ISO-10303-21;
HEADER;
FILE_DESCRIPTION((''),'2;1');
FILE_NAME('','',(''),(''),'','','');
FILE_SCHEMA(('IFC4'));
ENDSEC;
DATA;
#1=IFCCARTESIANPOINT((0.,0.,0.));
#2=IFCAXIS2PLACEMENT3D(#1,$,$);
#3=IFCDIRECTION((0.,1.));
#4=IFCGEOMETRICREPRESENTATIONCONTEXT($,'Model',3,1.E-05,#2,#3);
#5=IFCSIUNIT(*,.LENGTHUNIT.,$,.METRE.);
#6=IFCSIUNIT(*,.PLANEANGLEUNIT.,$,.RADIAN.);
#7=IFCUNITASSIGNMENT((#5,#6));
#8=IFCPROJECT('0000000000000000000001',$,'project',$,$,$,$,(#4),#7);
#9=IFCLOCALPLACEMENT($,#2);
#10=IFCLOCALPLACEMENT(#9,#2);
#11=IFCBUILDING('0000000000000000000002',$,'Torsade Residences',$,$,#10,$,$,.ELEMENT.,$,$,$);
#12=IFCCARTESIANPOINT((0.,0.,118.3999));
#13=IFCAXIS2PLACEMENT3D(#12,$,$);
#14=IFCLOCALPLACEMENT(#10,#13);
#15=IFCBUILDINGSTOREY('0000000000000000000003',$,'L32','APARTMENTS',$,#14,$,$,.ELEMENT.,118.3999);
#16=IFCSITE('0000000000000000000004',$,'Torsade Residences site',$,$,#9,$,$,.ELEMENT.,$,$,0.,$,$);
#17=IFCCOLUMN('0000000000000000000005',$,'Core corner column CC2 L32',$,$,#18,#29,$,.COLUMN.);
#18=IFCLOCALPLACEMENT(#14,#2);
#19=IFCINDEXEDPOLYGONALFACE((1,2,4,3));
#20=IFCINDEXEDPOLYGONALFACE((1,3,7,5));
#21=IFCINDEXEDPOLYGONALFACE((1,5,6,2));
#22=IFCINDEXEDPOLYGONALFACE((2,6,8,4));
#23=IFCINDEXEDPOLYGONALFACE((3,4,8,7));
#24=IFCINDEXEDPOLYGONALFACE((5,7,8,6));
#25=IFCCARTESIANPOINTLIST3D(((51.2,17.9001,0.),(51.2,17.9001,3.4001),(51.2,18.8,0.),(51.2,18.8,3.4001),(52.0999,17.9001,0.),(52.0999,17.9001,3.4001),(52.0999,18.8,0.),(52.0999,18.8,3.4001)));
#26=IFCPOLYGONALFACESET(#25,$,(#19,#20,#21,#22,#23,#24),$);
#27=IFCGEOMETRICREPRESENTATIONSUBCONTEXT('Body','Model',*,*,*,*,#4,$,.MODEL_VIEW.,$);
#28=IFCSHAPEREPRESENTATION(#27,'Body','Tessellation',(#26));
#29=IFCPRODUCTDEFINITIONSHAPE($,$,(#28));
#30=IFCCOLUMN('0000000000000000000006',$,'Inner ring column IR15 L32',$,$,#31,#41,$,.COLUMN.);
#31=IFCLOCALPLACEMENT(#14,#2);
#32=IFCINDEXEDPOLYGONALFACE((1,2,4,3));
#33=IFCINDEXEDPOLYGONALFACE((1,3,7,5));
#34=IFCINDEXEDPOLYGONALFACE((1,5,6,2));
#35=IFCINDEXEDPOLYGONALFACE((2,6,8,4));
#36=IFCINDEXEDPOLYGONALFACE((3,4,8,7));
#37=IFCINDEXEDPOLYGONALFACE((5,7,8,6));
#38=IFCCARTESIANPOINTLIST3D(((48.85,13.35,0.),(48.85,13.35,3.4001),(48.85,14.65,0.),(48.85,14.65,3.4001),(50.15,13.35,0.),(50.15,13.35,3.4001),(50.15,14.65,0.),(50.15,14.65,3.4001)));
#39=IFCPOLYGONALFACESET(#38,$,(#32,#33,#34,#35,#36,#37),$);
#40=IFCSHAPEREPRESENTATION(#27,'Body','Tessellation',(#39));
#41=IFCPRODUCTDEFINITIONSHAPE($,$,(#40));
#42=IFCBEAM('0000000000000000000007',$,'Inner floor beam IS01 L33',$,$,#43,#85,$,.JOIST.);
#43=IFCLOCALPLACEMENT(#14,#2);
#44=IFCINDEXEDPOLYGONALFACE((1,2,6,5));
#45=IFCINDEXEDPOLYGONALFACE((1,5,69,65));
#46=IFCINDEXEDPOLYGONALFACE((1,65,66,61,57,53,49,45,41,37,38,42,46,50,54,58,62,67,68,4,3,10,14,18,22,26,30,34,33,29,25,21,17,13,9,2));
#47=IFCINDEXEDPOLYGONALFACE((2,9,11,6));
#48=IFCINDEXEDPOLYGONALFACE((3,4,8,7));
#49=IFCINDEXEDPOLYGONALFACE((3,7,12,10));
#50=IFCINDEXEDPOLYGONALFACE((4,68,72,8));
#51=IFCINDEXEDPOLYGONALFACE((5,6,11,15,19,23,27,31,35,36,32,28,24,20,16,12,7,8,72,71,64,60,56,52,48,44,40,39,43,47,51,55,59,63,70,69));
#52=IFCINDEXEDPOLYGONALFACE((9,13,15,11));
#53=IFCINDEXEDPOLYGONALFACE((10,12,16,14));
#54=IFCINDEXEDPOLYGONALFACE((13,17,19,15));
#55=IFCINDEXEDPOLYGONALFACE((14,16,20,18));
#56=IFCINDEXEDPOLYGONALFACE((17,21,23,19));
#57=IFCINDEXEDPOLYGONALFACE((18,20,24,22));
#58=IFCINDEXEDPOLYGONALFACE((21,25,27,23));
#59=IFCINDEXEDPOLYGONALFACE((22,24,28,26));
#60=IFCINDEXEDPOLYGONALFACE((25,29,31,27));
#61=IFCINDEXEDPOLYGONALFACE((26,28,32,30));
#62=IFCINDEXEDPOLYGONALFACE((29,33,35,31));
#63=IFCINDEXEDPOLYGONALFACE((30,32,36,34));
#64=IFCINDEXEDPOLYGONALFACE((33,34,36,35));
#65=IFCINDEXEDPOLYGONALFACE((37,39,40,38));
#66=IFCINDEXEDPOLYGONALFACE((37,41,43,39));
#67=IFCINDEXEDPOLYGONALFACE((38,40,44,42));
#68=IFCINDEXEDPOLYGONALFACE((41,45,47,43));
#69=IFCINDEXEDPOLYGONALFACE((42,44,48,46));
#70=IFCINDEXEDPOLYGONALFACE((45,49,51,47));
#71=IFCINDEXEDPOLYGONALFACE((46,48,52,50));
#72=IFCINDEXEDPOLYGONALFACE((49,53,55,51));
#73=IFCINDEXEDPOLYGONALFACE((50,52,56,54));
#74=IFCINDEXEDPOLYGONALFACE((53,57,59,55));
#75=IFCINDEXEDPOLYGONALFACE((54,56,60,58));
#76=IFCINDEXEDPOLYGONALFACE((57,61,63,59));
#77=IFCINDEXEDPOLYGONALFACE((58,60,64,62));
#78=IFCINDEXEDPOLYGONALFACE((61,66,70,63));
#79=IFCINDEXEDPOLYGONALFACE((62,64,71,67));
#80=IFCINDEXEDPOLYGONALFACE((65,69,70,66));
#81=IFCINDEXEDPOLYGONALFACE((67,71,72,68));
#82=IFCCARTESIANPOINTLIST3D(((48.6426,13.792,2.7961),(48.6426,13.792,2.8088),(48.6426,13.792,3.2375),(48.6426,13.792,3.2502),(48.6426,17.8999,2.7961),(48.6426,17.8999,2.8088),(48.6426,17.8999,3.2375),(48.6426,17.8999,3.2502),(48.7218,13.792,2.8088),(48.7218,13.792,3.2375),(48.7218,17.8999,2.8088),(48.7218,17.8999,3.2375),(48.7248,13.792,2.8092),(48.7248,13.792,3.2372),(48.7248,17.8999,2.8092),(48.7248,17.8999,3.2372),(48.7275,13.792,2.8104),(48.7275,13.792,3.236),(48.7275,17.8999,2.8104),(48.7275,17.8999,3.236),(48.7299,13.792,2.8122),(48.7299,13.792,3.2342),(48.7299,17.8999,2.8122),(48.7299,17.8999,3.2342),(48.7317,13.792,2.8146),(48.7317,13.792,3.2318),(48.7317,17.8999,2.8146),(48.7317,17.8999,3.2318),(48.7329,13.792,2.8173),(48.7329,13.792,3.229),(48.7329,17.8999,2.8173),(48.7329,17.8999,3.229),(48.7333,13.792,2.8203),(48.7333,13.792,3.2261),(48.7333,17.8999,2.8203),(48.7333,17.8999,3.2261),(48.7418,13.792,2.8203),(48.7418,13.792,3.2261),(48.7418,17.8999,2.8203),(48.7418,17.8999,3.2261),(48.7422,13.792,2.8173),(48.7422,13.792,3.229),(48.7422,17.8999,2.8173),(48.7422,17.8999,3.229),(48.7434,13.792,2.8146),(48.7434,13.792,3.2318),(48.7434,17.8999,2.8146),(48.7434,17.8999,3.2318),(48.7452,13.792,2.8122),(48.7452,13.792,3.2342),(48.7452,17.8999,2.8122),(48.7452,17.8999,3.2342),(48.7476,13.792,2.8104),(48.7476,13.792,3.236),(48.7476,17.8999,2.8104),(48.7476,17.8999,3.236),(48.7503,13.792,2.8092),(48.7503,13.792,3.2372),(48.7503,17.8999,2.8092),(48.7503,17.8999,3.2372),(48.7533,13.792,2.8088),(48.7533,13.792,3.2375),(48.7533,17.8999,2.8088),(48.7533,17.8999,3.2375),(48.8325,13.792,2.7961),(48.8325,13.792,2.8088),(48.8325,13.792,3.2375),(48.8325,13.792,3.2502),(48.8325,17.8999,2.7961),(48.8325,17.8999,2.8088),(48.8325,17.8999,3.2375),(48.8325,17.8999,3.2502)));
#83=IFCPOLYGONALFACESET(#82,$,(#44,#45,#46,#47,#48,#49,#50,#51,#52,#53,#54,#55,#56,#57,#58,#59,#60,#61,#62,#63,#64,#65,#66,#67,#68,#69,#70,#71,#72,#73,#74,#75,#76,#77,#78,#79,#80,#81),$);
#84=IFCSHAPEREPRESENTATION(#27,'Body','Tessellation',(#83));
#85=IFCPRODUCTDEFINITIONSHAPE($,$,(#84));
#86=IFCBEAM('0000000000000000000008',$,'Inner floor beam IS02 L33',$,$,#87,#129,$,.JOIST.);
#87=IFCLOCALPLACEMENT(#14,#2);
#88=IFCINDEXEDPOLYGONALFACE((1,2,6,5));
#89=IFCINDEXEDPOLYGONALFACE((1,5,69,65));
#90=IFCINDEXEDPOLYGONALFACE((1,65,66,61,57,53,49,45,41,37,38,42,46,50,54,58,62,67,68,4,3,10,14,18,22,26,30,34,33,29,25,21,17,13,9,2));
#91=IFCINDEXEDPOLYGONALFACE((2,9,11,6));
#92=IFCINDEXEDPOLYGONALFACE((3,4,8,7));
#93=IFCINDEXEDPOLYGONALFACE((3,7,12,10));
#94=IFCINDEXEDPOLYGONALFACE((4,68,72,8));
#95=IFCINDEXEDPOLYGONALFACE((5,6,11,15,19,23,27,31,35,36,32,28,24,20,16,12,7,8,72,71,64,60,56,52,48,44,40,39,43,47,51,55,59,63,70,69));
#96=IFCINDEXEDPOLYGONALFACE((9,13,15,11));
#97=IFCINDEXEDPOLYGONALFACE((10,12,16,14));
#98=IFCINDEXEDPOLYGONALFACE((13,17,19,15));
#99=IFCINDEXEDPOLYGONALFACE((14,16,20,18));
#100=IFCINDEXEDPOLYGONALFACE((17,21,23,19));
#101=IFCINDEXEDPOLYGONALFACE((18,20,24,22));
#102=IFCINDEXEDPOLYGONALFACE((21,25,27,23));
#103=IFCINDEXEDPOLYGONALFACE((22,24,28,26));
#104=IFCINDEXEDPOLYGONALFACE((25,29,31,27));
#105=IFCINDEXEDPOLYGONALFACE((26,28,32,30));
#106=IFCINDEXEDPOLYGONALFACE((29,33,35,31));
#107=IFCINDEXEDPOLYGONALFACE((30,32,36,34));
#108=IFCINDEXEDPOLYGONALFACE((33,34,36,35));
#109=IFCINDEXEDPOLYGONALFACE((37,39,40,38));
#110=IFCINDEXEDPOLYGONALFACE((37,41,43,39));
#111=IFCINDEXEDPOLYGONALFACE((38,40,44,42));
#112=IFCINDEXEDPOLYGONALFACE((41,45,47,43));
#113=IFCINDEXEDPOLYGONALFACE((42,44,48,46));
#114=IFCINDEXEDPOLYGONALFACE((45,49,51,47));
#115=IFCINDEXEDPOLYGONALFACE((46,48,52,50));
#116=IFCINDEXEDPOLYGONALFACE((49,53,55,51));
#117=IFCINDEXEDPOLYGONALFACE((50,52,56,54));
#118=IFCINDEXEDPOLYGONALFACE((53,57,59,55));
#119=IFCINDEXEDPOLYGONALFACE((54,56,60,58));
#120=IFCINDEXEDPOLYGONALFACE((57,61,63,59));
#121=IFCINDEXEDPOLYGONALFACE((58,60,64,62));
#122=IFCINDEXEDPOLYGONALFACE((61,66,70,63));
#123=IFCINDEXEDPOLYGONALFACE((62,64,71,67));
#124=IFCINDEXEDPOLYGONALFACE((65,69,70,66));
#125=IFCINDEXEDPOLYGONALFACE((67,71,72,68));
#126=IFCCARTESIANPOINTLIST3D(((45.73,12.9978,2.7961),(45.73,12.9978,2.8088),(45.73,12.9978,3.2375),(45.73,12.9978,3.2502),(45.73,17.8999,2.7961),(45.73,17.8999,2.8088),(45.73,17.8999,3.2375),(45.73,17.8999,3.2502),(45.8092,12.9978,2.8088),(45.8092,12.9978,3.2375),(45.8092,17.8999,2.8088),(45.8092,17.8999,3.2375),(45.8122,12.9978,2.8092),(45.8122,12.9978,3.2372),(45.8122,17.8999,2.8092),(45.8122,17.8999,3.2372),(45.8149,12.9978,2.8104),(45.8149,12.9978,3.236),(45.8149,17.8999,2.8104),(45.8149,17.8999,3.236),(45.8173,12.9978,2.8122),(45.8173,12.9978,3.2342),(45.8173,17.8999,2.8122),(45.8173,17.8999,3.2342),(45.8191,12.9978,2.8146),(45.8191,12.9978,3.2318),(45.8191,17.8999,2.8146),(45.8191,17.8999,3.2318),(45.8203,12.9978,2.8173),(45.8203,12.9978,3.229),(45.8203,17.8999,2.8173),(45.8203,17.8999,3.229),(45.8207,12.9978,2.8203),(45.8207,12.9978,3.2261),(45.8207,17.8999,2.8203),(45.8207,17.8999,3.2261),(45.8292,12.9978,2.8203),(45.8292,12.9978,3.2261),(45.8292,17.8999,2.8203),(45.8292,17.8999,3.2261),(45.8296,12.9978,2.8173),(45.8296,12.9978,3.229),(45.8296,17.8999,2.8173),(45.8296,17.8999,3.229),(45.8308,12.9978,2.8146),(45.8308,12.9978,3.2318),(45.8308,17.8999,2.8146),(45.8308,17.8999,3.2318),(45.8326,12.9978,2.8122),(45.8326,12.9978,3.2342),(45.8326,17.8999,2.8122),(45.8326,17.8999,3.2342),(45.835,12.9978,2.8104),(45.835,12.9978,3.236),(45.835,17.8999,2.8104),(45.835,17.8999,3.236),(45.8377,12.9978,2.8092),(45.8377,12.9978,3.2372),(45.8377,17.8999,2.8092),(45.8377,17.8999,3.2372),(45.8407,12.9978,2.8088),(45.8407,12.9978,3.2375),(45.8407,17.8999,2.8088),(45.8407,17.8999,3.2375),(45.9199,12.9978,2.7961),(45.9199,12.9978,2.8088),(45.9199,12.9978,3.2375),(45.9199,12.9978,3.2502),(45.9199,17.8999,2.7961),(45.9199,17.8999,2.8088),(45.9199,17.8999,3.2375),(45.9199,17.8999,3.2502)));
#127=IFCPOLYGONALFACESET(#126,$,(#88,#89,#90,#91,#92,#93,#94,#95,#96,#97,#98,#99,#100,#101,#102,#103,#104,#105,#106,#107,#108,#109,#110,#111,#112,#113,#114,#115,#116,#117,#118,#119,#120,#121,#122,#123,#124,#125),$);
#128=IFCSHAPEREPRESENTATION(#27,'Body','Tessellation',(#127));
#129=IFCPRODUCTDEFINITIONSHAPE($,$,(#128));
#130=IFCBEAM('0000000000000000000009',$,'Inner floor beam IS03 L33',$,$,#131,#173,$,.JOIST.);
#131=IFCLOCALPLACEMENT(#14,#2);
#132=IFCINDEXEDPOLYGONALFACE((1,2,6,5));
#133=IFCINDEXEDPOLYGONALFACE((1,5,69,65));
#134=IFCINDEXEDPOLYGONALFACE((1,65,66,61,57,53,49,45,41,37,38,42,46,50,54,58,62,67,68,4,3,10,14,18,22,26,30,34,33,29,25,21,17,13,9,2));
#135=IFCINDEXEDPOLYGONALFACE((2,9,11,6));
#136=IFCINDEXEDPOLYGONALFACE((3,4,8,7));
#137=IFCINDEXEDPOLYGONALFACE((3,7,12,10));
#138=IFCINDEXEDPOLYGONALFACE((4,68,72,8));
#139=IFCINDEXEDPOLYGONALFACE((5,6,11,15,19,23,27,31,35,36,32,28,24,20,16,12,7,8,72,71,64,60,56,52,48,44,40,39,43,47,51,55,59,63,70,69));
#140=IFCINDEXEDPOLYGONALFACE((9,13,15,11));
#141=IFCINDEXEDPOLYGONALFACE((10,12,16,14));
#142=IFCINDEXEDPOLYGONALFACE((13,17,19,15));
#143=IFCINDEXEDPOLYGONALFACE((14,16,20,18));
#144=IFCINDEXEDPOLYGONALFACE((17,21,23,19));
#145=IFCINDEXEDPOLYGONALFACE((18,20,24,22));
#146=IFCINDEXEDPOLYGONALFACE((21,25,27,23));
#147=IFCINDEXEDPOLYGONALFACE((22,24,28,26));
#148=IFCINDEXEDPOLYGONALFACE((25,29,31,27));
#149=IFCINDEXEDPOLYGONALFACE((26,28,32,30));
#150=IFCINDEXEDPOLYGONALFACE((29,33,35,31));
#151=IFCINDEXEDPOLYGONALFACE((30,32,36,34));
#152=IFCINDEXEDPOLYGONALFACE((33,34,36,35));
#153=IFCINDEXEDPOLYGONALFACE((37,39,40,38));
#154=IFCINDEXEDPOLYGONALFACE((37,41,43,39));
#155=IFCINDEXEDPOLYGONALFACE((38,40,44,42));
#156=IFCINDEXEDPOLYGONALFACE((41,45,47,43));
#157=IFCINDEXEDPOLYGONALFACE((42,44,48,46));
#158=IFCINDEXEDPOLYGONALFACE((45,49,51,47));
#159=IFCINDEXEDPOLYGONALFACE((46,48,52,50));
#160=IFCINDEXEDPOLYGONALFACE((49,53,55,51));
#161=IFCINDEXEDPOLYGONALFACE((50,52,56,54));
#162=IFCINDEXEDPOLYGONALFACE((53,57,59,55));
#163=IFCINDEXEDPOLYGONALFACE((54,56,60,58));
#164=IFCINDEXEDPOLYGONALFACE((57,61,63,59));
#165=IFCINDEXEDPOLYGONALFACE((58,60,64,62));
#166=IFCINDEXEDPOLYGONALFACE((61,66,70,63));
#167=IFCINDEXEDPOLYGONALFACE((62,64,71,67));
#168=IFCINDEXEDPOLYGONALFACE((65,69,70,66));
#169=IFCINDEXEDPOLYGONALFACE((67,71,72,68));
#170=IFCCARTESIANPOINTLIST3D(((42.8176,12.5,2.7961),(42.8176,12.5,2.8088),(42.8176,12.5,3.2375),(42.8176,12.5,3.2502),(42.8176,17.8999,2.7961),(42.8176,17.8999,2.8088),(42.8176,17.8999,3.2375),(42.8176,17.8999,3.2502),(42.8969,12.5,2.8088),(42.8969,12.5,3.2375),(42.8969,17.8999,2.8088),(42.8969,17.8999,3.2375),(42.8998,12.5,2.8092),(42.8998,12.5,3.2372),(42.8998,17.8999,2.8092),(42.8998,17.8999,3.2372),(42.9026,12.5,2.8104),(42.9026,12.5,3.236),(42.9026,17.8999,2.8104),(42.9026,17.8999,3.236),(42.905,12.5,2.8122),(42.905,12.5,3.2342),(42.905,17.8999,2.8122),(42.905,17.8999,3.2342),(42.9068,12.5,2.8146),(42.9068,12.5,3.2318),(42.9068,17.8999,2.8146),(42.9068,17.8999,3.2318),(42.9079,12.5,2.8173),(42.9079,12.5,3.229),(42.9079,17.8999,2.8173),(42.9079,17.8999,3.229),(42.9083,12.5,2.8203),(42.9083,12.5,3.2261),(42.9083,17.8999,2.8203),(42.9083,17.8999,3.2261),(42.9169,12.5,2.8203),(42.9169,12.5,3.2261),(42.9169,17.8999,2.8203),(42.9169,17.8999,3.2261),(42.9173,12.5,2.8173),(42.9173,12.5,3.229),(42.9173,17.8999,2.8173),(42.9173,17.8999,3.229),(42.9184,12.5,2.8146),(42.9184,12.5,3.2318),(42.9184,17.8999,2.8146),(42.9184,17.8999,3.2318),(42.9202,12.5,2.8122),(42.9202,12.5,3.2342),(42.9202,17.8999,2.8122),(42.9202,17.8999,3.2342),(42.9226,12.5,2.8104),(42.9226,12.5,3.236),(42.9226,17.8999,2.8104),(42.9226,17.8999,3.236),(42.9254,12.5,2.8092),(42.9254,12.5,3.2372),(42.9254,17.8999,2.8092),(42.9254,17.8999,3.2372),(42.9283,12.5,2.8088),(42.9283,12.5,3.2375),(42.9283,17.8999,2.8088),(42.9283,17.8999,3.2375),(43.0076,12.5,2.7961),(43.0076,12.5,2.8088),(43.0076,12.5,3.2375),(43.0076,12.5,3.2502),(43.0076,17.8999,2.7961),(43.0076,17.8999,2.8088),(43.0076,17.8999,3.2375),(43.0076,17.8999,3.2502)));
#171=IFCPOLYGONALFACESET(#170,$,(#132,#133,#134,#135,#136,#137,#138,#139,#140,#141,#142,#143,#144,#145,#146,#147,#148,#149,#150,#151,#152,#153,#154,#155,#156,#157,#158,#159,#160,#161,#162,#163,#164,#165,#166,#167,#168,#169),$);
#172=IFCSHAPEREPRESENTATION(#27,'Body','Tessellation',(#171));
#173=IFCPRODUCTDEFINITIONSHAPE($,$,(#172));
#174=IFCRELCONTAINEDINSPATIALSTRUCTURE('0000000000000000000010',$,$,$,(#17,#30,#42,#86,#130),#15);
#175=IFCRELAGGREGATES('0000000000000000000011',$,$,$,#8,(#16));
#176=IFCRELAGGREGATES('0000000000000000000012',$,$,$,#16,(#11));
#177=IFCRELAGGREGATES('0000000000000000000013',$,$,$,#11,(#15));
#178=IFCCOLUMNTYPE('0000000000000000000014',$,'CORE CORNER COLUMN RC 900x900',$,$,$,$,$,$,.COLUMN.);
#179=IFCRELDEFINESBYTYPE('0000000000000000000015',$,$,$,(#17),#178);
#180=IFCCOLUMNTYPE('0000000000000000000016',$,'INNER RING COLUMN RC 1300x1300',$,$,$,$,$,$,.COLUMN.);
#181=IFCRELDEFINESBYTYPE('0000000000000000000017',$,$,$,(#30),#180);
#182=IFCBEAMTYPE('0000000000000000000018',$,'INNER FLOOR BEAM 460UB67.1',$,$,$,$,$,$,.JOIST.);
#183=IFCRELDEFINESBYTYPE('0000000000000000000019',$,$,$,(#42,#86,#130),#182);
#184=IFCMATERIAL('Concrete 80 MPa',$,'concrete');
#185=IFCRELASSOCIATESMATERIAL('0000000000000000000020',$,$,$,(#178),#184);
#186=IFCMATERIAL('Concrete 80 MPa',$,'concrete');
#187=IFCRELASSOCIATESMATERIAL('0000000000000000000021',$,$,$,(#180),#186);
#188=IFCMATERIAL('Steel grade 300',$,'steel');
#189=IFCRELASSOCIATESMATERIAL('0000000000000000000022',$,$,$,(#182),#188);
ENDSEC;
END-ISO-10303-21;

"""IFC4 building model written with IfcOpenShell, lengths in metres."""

from ifc_helpers import new_model, si_unit, direction, frame, origin, origin_2d, place, context, subcontext, project, spatial, rectangle, i_section, extrude, material, material_profile, profile_set, type_object, element, save


model = new_model("IFC4")

# Units and contexts
model_context = context("Model", 3, precision=1e-05, world=origin(), true_north=direction((0.0, 1.0)))
body_context = subcontext(model_context, "Body", "Model", "MODEL_VIEW")
ifc_project = project(units=[si_unit("LENGTHUNIT", "METRE"), si_unit("PLANEANGLEUNIT", "RADIAN")], contexts=[model_context])

# Site, building, storey
site_placement = place(None, origin())
site = spatial("IfcSite", under=ifc_project, at=site_placement, Name="Torsade Residences site", CompositionType="ELEMENT", RefElevation=0.0)
building_placement = place(site_placement, origin())
building = spatial("IfcBuilding", under=site, at=building_placement, Name="Torsade Residences", CompositionType="ELEMENT")
storey_placement = place(building_placement, frame((0.0, 0.0, 118.3999)))
storey = spatial("IfcBuildingStorey", under=building, at=storey_placement, Name="L32", Description="APARTMENTS", CompositionType="ELEMENT", Elevation=118.3999)

# Columns
ifc_material_1 = material(Name="Concrete 80 MPa", Category="concrete")
ifc_material_profile_1 = material_profile(ifc_material_1, rectangle(XDim=0.8999, YDim=0.8999, at=origin_2d()), Name="RC 900x900")
ifc_profile_set_1 = profile_set([ifc_material_profile_1], Name="Concrete 80 MPa")
column_type_1 = type_object("IfcColumnType", Name="CORE CORNER COLUMN RC 900x900", PredefinedType="COLUMN", material=ifc_profile_set_1)
column_1_placement = place(storey_placement, frame((51.6499, 18.3501, 0.0), z_axis=(0.0, 0.0, 1.0), x_axis=(1.0, 0.0, 0.0)))
element("IfcColumn", 1, at=column_1_placement, inside=storey, type_object=column_type_1, Name="Core corner column CC2 L32", PredefinedType="COLUMN", context=body_context, shape_type="SweptSolid", body=[
    extrude(rectangle(XDim=0.8999, YDim=0.8999, at=origin_2d()), origin(), (0.0, 0.0, 1.0), 3.4001),
])
ifc_material_2 = material(Name="Concrete 80 MPa", Category="concrete")
ifc_material_profile_2 = material_profile(ifc_material_2, rectangle(XDim=1.3, YDim=1.3, at=origin_2d()), Name="RC 1300x1300")
ifc_profile_set_2 = profile_set([ifc_material_profile_2], Name="Concrete 80 MPa")
column_type_2 = type_object("IfcColumnType", Name="INNER RING COLUMN RC 1300x1300", PredefinedType="COLUMN", material=ifc_profile_set_2)
column_2_placement = place(storey_placement, frame((49.5, 14.0, 0.0), z_axis=(0.0, 0.0, 1.0), x_axis=(1.0, 0.0, 0.0)))
element("IfcColumn", 2, at=column_2_placement, inside=storey, type_object=column_type_2, Name="Inner ring column IR15 L32", PredefinedType="COLUMN", context=body_context, shape_type="SweptSolid", body=[
    extrude(rectangle(XDim=1.3, YDim=1.3, at=origin_2d()), origin(), (0.0, 0.0, 1.0), 3.4001),
])

# Beams
ifc_material_3 = material(Name="Steel grade 300", Category="steel")
ifc_material_profile_3 = material_profile(ifc_material_3, i_section(OverallWidth=0.1899, OverallDepth=0.4541, WebThickness=0.0085, FlangeThickness=0.0127, FilletRadius=0.0115, at=origin_2d()), Name="460UB67.1")
ifc_profile_set_3 = profile_set([ifc_material_profile_3], Name="Steel grade 300")
beam_type_1 = type_object("IfcBeamType", Name="INNER FLOOR BEAM 460UB67.1", PredefinedType="JOIST", material=ifc_profile_set_3)
beam_1_placement = place(storey_placement, frame((48.7375, 17.8999, 3.0232), z_axis=(0.0, -1.0, 0.0), x_axis=(1.0, 0.0, 0.0)))
element("IfcBeam", 3, at=beam_1_placement, inside=storey, type_object=beam_type_1, Name="Inner floor beam IS01 L33", PredefinedType="JOIST", context=body_context, shape_type="SweptSolid", body=[
    extrude(i_section(OverallWidth=0.1899, OverallDepth=0.4541, WebThickness=0.0085, FlangeThickness=0.0127, FilletRadius=0.0115, at=origin_2d()), origin(), (0.0, 0.0, 1.0), 4.1079),
])
beam_2_placement = place(storey_placement, frame((45.825, 17.8999, 3.0232), z_axis=(0.0, -1.0, 0.0), x_axis=(1.0, 0.0, 0.0)))
element("IfcBeam", 4, at=beam_2_placement, inside=storey, type_object=beam_type_1, Name="Inner floor beam IS02 L33", PredefinedType="JOIST", context=body_context, shape_type="SweptSolid", body=[
    extrude(i_section(OverallWidth=0.1899, OverallDepth=0.4541, WebThickness=0.0085, FlangeThickness=0.0127, FilletRadius=0.0115, at=origin_2d()), origin(), (0.0, 0.0, 1.0), 4.9021),
])
for number, where, z_axis, x_axis, name in (
    (5, (42.9126, 17.8999, 3.0232), (0.0, -1.0, 0.0), (1.0, 0.0, 0.0), "Inner floor beam IS03 L33"),
):
    element("IfcBeam", number, at=place(storey_placement, frame(where, z_axis=z_axis, x_axis=x_axis)), inside=storey, type_object=beam_type_1, Name=name, PredefinedType="JOIST", context=body_context, shape_type="SweptSolid", body=[
        extrude(i_section(OverallWidth=0.1899, OverallDepth=0.4541, WebThickness=0.0085, FlangeThickness=0.0127, FilletRadius=0.0115, at=origin_2d()), origin(), (0.0, 0.0, 1.0), 5.3999),
    ])

save(model, "model.ifc")
